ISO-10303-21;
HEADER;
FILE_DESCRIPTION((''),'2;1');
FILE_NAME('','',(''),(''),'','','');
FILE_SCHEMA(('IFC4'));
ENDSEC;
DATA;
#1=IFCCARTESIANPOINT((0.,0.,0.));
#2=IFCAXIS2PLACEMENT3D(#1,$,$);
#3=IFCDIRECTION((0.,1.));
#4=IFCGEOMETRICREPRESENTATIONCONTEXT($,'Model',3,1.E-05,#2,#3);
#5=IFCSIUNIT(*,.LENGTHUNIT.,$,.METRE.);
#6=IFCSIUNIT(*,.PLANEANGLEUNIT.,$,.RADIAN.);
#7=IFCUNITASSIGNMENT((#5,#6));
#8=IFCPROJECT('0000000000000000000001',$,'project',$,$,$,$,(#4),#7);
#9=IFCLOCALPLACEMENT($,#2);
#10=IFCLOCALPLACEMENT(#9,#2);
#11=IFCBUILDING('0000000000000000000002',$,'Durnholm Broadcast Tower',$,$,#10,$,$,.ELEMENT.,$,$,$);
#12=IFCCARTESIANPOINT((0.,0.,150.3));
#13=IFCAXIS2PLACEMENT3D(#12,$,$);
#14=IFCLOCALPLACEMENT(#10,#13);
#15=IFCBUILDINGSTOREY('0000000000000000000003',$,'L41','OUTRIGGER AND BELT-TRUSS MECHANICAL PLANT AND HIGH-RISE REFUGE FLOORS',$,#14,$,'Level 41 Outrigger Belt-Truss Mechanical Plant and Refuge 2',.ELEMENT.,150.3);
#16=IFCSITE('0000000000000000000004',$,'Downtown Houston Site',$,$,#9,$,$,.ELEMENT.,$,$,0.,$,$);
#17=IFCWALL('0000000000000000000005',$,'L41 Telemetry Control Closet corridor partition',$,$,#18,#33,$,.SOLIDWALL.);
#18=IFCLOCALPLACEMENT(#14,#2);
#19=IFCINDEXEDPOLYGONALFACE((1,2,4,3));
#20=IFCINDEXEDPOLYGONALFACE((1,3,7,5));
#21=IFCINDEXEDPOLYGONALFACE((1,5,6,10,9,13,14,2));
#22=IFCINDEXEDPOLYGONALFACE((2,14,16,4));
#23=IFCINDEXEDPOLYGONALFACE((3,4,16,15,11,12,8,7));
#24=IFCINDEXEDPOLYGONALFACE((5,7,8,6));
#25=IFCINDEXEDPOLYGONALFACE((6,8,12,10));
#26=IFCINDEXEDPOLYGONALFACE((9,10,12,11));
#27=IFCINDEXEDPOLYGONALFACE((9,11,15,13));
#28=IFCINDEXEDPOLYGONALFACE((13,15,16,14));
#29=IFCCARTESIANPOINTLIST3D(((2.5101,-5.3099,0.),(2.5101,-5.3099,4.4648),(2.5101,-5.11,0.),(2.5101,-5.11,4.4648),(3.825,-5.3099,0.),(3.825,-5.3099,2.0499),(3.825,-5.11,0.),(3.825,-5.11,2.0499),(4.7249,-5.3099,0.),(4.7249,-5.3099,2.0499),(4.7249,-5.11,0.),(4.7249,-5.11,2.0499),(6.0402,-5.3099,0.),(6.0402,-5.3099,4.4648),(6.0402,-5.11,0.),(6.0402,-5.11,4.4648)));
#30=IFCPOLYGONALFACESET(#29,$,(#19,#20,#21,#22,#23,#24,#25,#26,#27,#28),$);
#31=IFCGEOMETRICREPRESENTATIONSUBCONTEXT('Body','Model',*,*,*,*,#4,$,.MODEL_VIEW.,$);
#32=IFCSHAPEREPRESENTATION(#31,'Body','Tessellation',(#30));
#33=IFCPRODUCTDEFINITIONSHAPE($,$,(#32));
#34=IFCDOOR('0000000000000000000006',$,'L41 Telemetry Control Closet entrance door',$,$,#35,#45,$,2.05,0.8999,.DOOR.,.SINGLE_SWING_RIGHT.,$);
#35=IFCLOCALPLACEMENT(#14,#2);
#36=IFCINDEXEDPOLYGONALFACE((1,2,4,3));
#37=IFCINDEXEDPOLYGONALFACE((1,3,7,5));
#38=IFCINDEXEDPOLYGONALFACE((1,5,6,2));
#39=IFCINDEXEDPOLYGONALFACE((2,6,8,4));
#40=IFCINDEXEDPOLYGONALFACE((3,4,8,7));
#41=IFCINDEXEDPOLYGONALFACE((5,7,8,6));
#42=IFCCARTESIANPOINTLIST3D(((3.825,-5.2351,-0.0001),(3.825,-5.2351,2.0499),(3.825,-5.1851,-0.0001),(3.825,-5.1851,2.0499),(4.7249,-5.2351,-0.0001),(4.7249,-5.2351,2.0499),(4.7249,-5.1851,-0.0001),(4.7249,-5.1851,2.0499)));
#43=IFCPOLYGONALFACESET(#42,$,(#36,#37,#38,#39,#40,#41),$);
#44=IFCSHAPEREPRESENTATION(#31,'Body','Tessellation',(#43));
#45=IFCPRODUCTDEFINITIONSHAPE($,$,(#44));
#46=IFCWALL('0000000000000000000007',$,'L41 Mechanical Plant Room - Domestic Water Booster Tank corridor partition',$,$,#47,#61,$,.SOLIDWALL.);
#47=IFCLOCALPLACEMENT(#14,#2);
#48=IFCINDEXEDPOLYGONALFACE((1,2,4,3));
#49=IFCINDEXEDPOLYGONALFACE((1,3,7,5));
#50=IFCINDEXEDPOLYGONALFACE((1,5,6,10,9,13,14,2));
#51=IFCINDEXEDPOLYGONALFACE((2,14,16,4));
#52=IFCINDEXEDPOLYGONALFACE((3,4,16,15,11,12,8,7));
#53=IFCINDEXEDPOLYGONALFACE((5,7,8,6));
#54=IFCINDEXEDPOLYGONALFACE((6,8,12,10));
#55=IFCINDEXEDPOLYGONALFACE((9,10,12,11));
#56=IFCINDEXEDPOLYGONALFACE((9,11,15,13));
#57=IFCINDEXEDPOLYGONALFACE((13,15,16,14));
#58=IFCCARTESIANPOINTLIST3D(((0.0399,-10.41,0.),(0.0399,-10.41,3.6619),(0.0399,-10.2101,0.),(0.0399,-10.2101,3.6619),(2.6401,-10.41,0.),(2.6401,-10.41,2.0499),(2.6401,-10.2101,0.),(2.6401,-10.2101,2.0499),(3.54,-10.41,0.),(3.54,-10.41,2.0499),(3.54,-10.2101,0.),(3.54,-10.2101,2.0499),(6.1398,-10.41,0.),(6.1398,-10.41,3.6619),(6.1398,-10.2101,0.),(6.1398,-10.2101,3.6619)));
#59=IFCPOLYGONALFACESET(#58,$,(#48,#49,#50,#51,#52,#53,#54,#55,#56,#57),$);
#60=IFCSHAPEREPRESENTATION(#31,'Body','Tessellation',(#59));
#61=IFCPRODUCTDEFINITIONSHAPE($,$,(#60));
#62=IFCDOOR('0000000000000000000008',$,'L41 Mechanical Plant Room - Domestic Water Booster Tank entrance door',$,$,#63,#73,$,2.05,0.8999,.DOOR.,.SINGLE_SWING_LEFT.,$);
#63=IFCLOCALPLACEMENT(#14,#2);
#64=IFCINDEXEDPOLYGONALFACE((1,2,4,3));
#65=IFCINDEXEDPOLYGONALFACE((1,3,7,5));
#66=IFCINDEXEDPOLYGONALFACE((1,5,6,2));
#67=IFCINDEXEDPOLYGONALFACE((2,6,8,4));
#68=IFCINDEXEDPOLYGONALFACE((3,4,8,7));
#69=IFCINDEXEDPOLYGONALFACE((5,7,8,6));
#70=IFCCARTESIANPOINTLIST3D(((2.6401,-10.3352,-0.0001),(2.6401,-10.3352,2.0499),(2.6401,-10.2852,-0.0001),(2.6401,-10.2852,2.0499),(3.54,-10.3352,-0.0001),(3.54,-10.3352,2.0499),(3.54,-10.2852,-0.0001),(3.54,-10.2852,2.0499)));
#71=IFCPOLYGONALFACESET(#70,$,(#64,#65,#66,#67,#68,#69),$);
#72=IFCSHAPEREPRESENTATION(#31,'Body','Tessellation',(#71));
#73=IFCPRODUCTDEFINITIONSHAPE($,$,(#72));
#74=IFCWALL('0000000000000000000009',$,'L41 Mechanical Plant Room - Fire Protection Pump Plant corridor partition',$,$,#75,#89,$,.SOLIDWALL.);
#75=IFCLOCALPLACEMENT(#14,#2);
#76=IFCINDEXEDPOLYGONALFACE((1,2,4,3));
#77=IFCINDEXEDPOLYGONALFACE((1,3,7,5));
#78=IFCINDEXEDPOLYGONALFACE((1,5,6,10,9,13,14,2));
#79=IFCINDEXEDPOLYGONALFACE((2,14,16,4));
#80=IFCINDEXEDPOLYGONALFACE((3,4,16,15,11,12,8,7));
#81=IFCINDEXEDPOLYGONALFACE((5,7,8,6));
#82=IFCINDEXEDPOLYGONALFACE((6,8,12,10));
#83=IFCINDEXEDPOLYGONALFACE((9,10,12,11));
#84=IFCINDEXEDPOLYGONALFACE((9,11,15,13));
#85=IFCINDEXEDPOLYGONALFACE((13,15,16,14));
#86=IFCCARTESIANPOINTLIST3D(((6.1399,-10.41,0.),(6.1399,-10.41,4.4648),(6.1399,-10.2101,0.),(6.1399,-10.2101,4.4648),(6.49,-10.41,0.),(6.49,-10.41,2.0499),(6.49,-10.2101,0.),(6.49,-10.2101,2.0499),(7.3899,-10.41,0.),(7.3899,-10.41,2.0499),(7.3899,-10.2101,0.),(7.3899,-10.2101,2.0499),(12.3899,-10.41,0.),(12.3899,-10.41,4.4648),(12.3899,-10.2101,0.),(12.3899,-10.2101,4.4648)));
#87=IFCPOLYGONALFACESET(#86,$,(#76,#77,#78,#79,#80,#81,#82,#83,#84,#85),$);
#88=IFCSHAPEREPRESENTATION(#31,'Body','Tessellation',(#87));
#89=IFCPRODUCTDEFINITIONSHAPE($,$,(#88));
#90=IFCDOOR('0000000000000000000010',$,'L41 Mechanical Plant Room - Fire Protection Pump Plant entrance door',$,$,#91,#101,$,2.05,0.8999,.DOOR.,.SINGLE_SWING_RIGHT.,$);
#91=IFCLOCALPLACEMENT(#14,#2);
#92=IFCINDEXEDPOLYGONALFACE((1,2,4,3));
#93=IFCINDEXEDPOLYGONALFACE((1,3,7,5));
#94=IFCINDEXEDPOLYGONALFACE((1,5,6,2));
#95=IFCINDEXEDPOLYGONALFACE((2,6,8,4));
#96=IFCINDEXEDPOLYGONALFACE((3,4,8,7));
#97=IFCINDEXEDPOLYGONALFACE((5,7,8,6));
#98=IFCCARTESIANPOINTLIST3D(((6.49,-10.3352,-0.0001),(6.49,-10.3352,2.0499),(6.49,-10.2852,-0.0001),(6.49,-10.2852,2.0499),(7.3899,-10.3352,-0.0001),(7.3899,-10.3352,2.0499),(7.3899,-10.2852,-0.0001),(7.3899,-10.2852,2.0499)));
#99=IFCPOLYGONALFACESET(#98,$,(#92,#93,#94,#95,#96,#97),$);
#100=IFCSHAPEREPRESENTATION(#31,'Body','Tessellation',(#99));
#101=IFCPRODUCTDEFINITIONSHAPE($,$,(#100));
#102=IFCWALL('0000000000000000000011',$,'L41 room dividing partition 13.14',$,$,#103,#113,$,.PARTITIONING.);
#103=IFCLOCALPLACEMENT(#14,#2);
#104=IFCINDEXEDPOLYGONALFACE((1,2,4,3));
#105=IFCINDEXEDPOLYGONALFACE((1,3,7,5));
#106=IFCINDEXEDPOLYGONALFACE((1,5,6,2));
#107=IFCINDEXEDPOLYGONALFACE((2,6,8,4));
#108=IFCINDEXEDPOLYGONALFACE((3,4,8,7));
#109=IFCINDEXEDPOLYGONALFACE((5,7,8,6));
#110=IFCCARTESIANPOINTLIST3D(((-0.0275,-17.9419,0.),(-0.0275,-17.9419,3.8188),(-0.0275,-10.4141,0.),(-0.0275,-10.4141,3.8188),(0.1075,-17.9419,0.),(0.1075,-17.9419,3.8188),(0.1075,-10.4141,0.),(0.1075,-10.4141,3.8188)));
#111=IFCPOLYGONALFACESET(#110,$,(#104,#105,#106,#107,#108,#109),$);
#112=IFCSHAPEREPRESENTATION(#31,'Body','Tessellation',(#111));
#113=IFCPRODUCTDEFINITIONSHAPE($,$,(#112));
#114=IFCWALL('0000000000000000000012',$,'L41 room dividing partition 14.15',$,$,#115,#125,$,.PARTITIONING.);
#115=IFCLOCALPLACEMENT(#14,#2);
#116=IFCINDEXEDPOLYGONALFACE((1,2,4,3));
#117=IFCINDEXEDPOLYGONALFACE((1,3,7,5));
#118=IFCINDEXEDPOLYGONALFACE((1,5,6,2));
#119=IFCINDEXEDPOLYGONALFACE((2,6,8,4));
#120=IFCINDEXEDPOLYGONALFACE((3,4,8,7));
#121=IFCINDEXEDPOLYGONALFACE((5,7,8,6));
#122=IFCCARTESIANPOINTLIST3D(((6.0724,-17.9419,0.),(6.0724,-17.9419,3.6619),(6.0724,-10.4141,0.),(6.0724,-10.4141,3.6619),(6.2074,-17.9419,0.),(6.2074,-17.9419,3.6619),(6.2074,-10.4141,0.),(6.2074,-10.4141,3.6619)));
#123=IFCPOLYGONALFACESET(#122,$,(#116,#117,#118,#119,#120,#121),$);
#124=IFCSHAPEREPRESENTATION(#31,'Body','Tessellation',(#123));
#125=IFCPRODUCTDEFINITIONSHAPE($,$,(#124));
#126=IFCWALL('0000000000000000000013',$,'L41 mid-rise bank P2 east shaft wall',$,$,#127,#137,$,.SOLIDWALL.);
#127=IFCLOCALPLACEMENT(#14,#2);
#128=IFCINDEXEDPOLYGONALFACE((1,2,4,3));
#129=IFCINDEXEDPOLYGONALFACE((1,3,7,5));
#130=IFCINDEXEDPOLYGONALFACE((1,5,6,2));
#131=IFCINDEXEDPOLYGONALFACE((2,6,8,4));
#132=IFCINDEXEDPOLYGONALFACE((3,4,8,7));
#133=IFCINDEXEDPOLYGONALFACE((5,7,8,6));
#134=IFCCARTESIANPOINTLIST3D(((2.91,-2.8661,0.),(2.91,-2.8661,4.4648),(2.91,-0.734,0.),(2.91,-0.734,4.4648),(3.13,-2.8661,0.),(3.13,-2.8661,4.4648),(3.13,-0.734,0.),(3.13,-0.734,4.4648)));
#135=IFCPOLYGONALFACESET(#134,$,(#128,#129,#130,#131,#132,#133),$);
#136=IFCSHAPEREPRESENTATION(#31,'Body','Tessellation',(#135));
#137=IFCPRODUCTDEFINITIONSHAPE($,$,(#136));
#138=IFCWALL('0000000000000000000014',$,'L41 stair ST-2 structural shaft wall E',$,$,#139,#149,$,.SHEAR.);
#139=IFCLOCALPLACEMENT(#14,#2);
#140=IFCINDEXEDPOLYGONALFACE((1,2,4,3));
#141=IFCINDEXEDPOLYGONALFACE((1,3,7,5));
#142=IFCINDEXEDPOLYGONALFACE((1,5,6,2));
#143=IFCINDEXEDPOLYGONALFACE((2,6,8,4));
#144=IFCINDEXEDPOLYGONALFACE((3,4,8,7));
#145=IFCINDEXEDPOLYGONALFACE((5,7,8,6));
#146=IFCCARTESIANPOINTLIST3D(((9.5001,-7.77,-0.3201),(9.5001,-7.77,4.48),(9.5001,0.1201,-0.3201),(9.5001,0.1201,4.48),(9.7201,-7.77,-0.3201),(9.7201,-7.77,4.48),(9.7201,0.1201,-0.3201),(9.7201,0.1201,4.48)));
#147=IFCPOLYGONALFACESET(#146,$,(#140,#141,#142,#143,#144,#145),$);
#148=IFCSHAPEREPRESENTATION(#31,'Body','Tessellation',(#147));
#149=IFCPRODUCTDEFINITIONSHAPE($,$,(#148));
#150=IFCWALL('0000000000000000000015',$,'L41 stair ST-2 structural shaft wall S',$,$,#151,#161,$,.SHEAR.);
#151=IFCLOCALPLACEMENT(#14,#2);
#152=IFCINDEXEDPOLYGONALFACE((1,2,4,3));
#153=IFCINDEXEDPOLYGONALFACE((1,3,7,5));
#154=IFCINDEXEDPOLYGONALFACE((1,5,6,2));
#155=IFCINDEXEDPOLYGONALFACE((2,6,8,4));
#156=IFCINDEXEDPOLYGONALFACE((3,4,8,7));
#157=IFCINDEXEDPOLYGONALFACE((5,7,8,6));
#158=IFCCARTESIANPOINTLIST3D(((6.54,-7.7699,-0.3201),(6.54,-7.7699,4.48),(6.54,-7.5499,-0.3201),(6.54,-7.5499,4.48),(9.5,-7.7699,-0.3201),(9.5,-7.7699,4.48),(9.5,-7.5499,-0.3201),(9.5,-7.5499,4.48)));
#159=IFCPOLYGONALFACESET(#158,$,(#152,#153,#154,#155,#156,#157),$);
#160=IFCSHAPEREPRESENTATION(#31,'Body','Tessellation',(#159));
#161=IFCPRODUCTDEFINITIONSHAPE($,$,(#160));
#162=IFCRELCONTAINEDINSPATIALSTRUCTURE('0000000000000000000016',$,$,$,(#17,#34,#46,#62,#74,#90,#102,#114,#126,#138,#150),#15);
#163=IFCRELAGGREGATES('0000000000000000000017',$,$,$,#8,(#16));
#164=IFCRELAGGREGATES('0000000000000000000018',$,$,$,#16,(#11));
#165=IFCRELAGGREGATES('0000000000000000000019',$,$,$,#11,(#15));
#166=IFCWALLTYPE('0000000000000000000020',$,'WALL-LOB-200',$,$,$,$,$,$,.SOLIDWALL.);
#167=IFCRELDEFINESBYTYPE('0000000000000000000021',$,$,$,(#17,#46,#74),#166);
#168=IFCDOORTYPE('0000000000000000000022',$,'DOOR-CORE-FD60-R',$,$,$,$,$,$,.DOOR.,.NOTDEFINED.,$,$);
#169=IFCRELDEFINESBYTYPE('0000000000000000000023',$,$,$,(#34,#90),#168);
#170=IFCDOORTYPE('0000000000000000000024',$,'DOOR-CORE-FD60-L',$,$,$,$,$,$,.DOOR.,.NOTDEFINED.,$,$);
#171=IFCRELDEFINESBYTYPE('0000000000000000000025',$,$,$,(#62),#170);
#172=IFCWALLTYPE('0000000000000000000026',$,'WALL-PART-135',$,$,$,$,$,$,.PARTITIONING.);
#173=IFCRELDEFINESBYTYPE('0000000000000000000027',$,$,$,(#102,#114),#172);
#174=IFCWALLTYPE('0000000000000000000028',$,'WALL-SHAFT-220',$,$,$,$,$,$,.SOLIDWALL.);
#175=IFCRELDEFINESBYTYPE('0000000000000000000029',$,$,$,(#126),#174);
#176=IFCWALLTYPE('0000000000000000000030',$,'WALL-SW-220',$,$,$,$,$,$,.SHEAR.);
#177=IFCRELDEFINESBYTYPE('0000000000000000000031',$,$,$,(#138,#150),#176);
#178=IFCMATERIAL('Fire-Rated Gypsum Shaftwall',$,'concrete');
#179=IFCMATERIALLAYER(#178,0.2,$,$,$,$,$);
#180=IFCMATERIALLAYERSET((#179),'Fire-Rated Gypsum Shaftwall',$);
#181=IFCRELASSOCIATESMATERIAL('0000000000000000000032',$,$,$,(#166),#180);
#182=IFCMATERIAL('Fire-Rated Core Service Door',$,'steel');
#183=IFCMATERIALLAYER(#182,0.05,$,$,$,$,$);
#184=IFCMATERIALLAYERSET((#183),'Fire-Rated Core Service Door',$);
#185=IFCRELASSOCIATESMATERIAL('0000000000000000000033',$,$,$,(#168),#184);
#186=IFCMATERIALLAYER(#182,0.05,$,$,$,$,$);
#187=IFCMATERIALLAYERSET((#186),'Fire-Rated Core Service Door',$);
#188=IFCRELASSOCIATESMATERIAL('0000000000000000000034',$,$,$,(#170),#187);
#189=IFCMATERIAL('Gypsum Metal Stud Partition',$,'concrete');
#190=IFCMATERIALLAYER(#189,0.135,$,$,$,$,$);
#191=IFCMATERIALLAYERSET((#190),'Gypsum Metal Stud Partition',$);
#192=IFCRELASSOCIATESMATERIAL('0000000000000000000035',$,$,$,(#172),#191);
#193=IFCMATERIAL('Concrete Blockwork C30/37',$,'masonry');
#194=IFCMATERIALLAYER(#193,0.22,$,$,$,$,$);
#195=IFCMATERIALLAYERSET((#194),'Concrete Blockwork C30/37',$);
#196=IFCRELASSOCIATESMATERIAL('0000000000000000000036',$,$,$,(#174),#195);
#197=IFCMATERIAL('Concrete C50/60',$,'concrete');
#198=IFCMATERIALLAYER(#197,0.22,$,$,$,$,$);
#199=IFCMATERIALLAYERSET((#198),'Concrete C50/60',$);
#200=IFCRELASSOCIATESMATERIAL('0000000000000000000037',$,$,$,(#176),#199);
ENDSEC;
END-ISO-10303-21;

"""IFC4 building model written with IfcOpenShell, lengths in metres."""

from ifc_helpers import new_model, si_unit, direction, frame, frame_2d, origin, place, context, subcontext, project, spatial, rectangle, extrude, source, transform, mapped, material, layer, layer_set, type_object, type_shapes, element, fill, save


model = new_model("IFC4")

# Units and contexts
model_context = context("Model", 3, precision=1e-05, world=origin(), true_north=direction((0.0, 1.0)))
body_context = subcontext(model_context, "Body", "Model", "MODEL_VIEW")
ifc_project = project(units=[si_unit("LENGTHUNIT", "METRE"), si_unit("PLANEANGLEUNIT", "RADIAN")], contexts=[model_context])

# Site, building, storey
site_placement = place(None, origin())
site = spatial("IfcSite", under=ifc_project, at=site_placement, Name="Downtown Houston Site", CompositionType="ELEMENT", RefElevation=0.0)
building_placement = place(site_placement, origin())
building = spatial("IfcBuilding", under=site, at=building_placement, Name="Durnholm Broadcast Tower", CompositionType="ELEMENT")
storey_placement = place(building_placement, frame((0.0, 0.0, 150.3)))
storey = spatial("IfcBuildingStorey", under=building, at=storey_placement, Name="L41", Description="OUTRIGGER AND BELT-TRUSS MECHANICAL PLANT AND HIGH-RISE REFUGE FLOORS", LongName="Level 41 Outrigger Belt-Truss Mechanical Plant and Refuge 2", CompositionType="ELEMENT", Elevation=150.3)

# Walls, openings, doors
ifc_material_1 = material(Name="Fire-Rated Gypsum Shaftwall", Category="concrete")
ifc_layer_1 = layer(ifc_material_1, 0.2)
ifc_layer_set_1 = layer_set([ifc_layer_1], Name="Fire-Rated Gypsum Shaftwall")
wall_type_1 = type_object("IfcWallType", Name="WALL-LOB-200", PredefinedType="SOLIDWALL", material=ifc_layer_set_1)
wall_1_placement = place(storey_placement, frame((2.51, -5.21, 0.0), z_axis=(0.0, 0.0, 1.0), x_axis=(1.0, 0.0, 0.0)))
wall_1 = element("IfcWall", 1, at=wall_1_placement, inside=storey, type_object=wall_type_1, Name="L41 Telemetry Control Closet corridor partition", PredefinedType="SOLIDWALL", context=body_context, shape_type="SweptSolid", body=[
    extrude(rectangle(XDim=3.53, YDim=0.2, at=frame_2d((1.7651, 0.0))), origin(), (0.0, 0.0, 1.0), 4.4648),
])
opening_1_placement = place(wall_1_placement, frame((1.3149, 0.0, 0.0)))
opening_1 = element("IfcOpeningElement", 2, at=opening_1_placement, cuts=wall_1, PredefinedType="OPENING", context=body_context, shape_type="SweptSolid", body=[
    extrude(rectangle(XDim=0.8999, YDim=2.05, at=frame_2d((0.45, 1.0249))), frame((0.0, 0.1099, 0.0), z_axis=(0.0, -1.0, 0.0), x_axis=(1.0, 0.0, 0.0)), (0.0, 0.0, 1.0), 0.22),
])
ifc_material_2 = material(Name="Fire-Rated Core Service Door", Category="steel")
ifc_layer_2 = layer(ifc_material_2, 0.05)
ifc_layer_set_2 = layer_set([ifc_layer_2], Name="Fire-Rated Core Service Door")
door_type_1 = type_object("IfcDoorType", Name="DOOR-CORE-FD60-R", OperationType="NOTDEFINED", PredefinedType="DOOR", material=ifc_layer_set_2)
shared_shape_1 = source(origin(), body_context, "Body", "SweptSolid", [
    extrude(rectangle(XDim=0.8999, YDim=2.05, at=frame_2d((0.45, 1.0249))), frame((0.0, 0.0249, 0.0), z_axis=(0.0, -1.0, 0.0), x_axis=(1.0, 0.0, 0.0)), (0.0, 0.0, 1.0), 0.05),
])
type_shapes(door_type_1, [shared_shape_1])
door_1_placement = place(opening_1_placement, origin())
door_1 = element("IfcDoor", 3, at=door_1_placement, inside=storey, type_object=door_type_1, Name="L41 Telemetry Control Closet entrance door", OperationType="SINGLE_SWING_RIGHT", OverallHeight=2.05, OverallWidth=0.8999, PredefinedType="DOOR", context=body_context, shape_type="MappedRepresentation", body=[
    mapped(shared_shape_1, transform((0.0, 0.0, 0.0), x_axis=(1.0, 0.0, 0.0), y_axis=(0.0, 1.0, 0.0), z_axis=(0.0, 0.0, 1.0), scale=1.0)),
])
fill(opening_1, door_1)
wall_2_placement = place(storey_placement, frame((0.04, -10.3101, 0.0), z_axis=(0.0, 0.0, 1.0), x_axis=(1.0, 0.0, 0.0)))
wall_2 = element("IfcWall", 4, at=wall_2_placement, inside=storey, type_object=wall_type_1, Name="L41 Mechanical Plant Room - Domestic Water Booster Tank corridor partition", PredefinedType="SOLIDWALL", context=body_context, shape_type="SweptSolid", body=[
    extrude(rectangle(XDim=6.0999, YDim=0.2, at=frame_2d((3.0498, 0.0))), origin(), (0.0, 0.0, 1.0), 3.6619),
])
opening_2_placement = place(wall_2_placement, frame((2.6001, 0.0, 0.0)))
opening_2 = element("IfcOpeningElement", 5, at=opening_2_placement, cuts=wall_2, PredefinedType="OPENING", context=body_context, shape_type="SweptSolid", body=[
    extrude(rectangle(XDim=0.8999, YDim=2.05, at=frame_2d((0.45, 1.0249))), frame((0.0, 0.1099, 0.0), z_axis=(0.0, -1.0, 0.0), x_axis=(1.0, 0.0, 0.0)), (0.0, 0.0, 1.0), 0.22),
])
ifc_layer_3 = layer(ifc_material_2, 0.05)
ifc_layer_set_3 = layer_set([ifc_layer_3], Name="Fire-Rated Core Service Door")
door_type_2 = type_object("IfcDoorType", Name="DOOR-CORE-FD60-L", OperationType="NOTDEFINED", PredefinedType="DOOR", material=ifc_layer_set_3)
shared_shape_2 = source(origin(), body_context, "Body", "SweptSolid", [
    extrude(rectangle(XDim=0.8999, YDim=2.05, at=frame_2d((0.45, 1.0249))), frame((0.0, 0.0249, 0.0), z_axis=(0.0, -1.0, 0.0), x_axis=(1.0, 0.0, 0.0)), (0.0, 0.0, 1.0), 0.05),
])
type_shapes(door_type_2, [shared_shape_2])
door_2_placement = place(opening_2_placement, origin())
door_2 = element("IfcDoor", 6, at=door_2_placement, inside=storey, type_object=door_type_2, Name="L41 Mechanical Plant Room - Domestic Water Booster Tank entrance door", OperationType="SINGLE_SWING_LEFT", OverallHeight=2.05, OverallWidth=0.8999, PredefinedType="DOOR", context=body_context, shape_type="MappedRepresentation", body=[
    mapped(shared_shape_2, transform((0.0, 0.0, 0.0), x_axis=(1.0, 0.0, 0.0), y_axis=(0.0, 1.0, 0.0), z_axis=(0.0, 0.0, 1.0), scale=1.0)),
])
fill(opening_2, door_2)
wall_3_placement = place(storey_placement, frame((6.1399, -10.3101, 0.0), z_axis=(0.0, 0.0, 1.0), x_axis=(1.0, 0.0, 0.0)))
wall_3 = element("IfcWall", 7, at=wall_3_placement, inside=storey, type_object=wall_type_1, Name="L41 Mechanical Plant Room - Fire Protection Pump Plant corridor partition", PredefinedType="SOLIDWALL", context=body_context, shape_type="SweptSolid", body=[
    extrude(rectangle(XDim=6.25, YDim=0.2, at=frame_2d((3.125, 0.0))), origin(), (0.0, 0.0, 1.0), 4.4648),
])
opening_3_placement = place(wall_3_placement, frame((0.3501, 0.0, 0.0)))
opening_3 = element("IfcOpeningElement", 8, at=opening_3_placement, cuts=wall_3, PredefinedType="OPENING", context=body_context, shape_type="SweptSolid", body=[
    extrude(rectangle(XDim=0.8999, YDim=2.05, at=frame_2d((0.45, 1.0249))), frame((0.0, 0.1099, 0.0), z_axis=(0.0, -1.0, 0.0), x_axis=(1.0, 0.0, 0.0)), (0.0, 0.0, 1.0), 0.22),
])
door_3_placement = place(opening_3_placement, origin())
door_3 = element("IfcDoor", 9, at=door_3_placement, inside=storey, type_object=door_type_1, Name="L41 Mechanical Plant Room - Fire Protection Pump Plant entrance door", OperationType="SINGLE_SWING_RIGHT", OverallHeight=2.05, OverallWidth=0.8999, PredefinedType="DOOR", context=body_context, shape_type="MappedRepresentation", body=[
    mapped(shared_shape_1, transform((0.0, 0.0, 0.0), x_axis=(1.0, 0.0, 0.0), y_axis=(0.0, 1.0, 0.0), z_axis=(0.0, 0.0, 1.0), scale=1.0)),
])
fill(opening_3, door_3)

# Walls
ifc_material_3 = material(Name="Gypsum Metal Stud Partition", Category="concrete")
ifc_layer_4 = layer(ifc_material_3, 0.135)
ifc_layer_set_4 = layer_set([ifc_layer_4], Name="Gypsum Metal Stud Partition")
wall_type_2 = type_object("IfcWallType", Name="WALL-PART-135", PredefinedType="PARTITIONING", material=ifc_layer_set_4)
wall_4_placement = place(storey_placement, frame((0.04, -10.4141, 0.0), z_axis=(0.0, 0.0, 1.0), x_axis=(0.0, -1.0, 0.0)))
element("IfcWall", 10, at=wall_4_placement, inside=storey, type_object=wall_type_2, Name="L41 room dividing partition 13.14", PredefinedType="PARTITIONING", context=body_context, shape_type="SweptSolid", body=[
    extrude(rectangle(XDim=7.5278, YDim=0.135, at=frame_2d((3.7639, 0.0))), origin(), (0.0, 0.0, 1.0), 3.8188),
])
wall_5_placement = place(storey_placement, frame((6.1399, -10.4141, 0.0), z_axis=(0.0, 0.0, 1.0), x_axis=(0.0, -1.0, 0.0)))
element("IfcWall", 11, at=wall_5_placement, inside=storey, type_object=wall_type_2, Name="L41 room dividing partition 14.15", PredefinedType="PARTITIONING", context=body_context, shape_type="SweptSolid", body=[
    extrude(rectangle(XDim=7.5278, YDim=0.135, at=frame_2d((3.7639, 0.0))), origin(), (0.0, 0.0, 1.0), 3.6619),
])
ifc_material_4 = material(Name="Concrete Blockwork C30/37", Category="masonry")
ifc_layer_5 = layer(ifc_material_4, 0.22)
ifc_layer_set_5 = layer_set([ifc_layer_5], Name="Concrete Blockwork C30/37")
wall_type_3 = type_object("IfcWallType", Name="WALL-SHAFT-220", PredefinedType="SOLIDWALL", material=ifc_layer_set_5)
wall_6_placement = place(storey_placement, frame((3.02, -2.866, 0.0), z_axis=(0.0, 0.0, 1.0), x_axis=(0.0, 1.0, 0.0)))
element("IfcWall", 12, at=wall_6_placement, inside=storey, type_object=wall_type_3, Name="L41 mid-rise bank P2 east shaft wall", PredefinedType="SOLIDWALL", context=body_context, shape_type="SweptSolid", body=[
    extrude(rectangle(XDim=2.1321, YDim=0.22, at=frame_2d((1.0659, 0.0))), origin(), (0.0, 0.0, 1.0), 4.4648),
])
ifc_material_5 = material(Name="Concrete C50/60", Category="concrete")
ifc_layer_6 = layer(ifc_material_5, 0.22)
ifc_layer_set_6 = layer_set([ifc_layer_6], Name="Concrete C50/60")
wall_type_4 = type_object("IfcWallType", Name="WALL-SW-220", PredefinedType="SHEAR", material=ifc_layer_set_6)
wall_7_placement = place(storey_placement, frame((9.6101, -7.77, -0.3201), z_axis=(0.0, 0.0, 1.0), x_axis=(0.0, 1.0, 0.0)))
element("IfcWall", 13, at=wall_7_placement, inside=storey, type_object=wall_type_4, Name="L41 stair ST-2 structural shaft wall E", PredefinedType="SHEAR", context=body_context, shape_type="SweptSolid", body=[
    extrude(rectangle(XDim=7.8901, YDim=0.22, at=frame_2d((3.9451, 0.0))), origin(), (0.0, 0.0, 1.0), 4.8),
])
wall_8_placement = place(storey_placement, frame((6.54, -7.6599, -0.3201), z_axis=(0.0, 0.0, 1.0), x_axis=(1.0, 0.0, 0.0)))
element("IfcWall", 14, at=wall_8_placement, inside=storey, type_object=wall_type_4, Name="L41 stair ST-2 structural shaft wall S", PredefinedType="SHEAR", context=body_context, shape_type="SweptSolid", body=[
    extrude(rectangle(XDim=2.96, YDim=0.22, at=frame_2d((1.48, 0.0))), origin(), (0.0, 0.0, 1.0), 4.8),
])

save(model, "model.ifc")
